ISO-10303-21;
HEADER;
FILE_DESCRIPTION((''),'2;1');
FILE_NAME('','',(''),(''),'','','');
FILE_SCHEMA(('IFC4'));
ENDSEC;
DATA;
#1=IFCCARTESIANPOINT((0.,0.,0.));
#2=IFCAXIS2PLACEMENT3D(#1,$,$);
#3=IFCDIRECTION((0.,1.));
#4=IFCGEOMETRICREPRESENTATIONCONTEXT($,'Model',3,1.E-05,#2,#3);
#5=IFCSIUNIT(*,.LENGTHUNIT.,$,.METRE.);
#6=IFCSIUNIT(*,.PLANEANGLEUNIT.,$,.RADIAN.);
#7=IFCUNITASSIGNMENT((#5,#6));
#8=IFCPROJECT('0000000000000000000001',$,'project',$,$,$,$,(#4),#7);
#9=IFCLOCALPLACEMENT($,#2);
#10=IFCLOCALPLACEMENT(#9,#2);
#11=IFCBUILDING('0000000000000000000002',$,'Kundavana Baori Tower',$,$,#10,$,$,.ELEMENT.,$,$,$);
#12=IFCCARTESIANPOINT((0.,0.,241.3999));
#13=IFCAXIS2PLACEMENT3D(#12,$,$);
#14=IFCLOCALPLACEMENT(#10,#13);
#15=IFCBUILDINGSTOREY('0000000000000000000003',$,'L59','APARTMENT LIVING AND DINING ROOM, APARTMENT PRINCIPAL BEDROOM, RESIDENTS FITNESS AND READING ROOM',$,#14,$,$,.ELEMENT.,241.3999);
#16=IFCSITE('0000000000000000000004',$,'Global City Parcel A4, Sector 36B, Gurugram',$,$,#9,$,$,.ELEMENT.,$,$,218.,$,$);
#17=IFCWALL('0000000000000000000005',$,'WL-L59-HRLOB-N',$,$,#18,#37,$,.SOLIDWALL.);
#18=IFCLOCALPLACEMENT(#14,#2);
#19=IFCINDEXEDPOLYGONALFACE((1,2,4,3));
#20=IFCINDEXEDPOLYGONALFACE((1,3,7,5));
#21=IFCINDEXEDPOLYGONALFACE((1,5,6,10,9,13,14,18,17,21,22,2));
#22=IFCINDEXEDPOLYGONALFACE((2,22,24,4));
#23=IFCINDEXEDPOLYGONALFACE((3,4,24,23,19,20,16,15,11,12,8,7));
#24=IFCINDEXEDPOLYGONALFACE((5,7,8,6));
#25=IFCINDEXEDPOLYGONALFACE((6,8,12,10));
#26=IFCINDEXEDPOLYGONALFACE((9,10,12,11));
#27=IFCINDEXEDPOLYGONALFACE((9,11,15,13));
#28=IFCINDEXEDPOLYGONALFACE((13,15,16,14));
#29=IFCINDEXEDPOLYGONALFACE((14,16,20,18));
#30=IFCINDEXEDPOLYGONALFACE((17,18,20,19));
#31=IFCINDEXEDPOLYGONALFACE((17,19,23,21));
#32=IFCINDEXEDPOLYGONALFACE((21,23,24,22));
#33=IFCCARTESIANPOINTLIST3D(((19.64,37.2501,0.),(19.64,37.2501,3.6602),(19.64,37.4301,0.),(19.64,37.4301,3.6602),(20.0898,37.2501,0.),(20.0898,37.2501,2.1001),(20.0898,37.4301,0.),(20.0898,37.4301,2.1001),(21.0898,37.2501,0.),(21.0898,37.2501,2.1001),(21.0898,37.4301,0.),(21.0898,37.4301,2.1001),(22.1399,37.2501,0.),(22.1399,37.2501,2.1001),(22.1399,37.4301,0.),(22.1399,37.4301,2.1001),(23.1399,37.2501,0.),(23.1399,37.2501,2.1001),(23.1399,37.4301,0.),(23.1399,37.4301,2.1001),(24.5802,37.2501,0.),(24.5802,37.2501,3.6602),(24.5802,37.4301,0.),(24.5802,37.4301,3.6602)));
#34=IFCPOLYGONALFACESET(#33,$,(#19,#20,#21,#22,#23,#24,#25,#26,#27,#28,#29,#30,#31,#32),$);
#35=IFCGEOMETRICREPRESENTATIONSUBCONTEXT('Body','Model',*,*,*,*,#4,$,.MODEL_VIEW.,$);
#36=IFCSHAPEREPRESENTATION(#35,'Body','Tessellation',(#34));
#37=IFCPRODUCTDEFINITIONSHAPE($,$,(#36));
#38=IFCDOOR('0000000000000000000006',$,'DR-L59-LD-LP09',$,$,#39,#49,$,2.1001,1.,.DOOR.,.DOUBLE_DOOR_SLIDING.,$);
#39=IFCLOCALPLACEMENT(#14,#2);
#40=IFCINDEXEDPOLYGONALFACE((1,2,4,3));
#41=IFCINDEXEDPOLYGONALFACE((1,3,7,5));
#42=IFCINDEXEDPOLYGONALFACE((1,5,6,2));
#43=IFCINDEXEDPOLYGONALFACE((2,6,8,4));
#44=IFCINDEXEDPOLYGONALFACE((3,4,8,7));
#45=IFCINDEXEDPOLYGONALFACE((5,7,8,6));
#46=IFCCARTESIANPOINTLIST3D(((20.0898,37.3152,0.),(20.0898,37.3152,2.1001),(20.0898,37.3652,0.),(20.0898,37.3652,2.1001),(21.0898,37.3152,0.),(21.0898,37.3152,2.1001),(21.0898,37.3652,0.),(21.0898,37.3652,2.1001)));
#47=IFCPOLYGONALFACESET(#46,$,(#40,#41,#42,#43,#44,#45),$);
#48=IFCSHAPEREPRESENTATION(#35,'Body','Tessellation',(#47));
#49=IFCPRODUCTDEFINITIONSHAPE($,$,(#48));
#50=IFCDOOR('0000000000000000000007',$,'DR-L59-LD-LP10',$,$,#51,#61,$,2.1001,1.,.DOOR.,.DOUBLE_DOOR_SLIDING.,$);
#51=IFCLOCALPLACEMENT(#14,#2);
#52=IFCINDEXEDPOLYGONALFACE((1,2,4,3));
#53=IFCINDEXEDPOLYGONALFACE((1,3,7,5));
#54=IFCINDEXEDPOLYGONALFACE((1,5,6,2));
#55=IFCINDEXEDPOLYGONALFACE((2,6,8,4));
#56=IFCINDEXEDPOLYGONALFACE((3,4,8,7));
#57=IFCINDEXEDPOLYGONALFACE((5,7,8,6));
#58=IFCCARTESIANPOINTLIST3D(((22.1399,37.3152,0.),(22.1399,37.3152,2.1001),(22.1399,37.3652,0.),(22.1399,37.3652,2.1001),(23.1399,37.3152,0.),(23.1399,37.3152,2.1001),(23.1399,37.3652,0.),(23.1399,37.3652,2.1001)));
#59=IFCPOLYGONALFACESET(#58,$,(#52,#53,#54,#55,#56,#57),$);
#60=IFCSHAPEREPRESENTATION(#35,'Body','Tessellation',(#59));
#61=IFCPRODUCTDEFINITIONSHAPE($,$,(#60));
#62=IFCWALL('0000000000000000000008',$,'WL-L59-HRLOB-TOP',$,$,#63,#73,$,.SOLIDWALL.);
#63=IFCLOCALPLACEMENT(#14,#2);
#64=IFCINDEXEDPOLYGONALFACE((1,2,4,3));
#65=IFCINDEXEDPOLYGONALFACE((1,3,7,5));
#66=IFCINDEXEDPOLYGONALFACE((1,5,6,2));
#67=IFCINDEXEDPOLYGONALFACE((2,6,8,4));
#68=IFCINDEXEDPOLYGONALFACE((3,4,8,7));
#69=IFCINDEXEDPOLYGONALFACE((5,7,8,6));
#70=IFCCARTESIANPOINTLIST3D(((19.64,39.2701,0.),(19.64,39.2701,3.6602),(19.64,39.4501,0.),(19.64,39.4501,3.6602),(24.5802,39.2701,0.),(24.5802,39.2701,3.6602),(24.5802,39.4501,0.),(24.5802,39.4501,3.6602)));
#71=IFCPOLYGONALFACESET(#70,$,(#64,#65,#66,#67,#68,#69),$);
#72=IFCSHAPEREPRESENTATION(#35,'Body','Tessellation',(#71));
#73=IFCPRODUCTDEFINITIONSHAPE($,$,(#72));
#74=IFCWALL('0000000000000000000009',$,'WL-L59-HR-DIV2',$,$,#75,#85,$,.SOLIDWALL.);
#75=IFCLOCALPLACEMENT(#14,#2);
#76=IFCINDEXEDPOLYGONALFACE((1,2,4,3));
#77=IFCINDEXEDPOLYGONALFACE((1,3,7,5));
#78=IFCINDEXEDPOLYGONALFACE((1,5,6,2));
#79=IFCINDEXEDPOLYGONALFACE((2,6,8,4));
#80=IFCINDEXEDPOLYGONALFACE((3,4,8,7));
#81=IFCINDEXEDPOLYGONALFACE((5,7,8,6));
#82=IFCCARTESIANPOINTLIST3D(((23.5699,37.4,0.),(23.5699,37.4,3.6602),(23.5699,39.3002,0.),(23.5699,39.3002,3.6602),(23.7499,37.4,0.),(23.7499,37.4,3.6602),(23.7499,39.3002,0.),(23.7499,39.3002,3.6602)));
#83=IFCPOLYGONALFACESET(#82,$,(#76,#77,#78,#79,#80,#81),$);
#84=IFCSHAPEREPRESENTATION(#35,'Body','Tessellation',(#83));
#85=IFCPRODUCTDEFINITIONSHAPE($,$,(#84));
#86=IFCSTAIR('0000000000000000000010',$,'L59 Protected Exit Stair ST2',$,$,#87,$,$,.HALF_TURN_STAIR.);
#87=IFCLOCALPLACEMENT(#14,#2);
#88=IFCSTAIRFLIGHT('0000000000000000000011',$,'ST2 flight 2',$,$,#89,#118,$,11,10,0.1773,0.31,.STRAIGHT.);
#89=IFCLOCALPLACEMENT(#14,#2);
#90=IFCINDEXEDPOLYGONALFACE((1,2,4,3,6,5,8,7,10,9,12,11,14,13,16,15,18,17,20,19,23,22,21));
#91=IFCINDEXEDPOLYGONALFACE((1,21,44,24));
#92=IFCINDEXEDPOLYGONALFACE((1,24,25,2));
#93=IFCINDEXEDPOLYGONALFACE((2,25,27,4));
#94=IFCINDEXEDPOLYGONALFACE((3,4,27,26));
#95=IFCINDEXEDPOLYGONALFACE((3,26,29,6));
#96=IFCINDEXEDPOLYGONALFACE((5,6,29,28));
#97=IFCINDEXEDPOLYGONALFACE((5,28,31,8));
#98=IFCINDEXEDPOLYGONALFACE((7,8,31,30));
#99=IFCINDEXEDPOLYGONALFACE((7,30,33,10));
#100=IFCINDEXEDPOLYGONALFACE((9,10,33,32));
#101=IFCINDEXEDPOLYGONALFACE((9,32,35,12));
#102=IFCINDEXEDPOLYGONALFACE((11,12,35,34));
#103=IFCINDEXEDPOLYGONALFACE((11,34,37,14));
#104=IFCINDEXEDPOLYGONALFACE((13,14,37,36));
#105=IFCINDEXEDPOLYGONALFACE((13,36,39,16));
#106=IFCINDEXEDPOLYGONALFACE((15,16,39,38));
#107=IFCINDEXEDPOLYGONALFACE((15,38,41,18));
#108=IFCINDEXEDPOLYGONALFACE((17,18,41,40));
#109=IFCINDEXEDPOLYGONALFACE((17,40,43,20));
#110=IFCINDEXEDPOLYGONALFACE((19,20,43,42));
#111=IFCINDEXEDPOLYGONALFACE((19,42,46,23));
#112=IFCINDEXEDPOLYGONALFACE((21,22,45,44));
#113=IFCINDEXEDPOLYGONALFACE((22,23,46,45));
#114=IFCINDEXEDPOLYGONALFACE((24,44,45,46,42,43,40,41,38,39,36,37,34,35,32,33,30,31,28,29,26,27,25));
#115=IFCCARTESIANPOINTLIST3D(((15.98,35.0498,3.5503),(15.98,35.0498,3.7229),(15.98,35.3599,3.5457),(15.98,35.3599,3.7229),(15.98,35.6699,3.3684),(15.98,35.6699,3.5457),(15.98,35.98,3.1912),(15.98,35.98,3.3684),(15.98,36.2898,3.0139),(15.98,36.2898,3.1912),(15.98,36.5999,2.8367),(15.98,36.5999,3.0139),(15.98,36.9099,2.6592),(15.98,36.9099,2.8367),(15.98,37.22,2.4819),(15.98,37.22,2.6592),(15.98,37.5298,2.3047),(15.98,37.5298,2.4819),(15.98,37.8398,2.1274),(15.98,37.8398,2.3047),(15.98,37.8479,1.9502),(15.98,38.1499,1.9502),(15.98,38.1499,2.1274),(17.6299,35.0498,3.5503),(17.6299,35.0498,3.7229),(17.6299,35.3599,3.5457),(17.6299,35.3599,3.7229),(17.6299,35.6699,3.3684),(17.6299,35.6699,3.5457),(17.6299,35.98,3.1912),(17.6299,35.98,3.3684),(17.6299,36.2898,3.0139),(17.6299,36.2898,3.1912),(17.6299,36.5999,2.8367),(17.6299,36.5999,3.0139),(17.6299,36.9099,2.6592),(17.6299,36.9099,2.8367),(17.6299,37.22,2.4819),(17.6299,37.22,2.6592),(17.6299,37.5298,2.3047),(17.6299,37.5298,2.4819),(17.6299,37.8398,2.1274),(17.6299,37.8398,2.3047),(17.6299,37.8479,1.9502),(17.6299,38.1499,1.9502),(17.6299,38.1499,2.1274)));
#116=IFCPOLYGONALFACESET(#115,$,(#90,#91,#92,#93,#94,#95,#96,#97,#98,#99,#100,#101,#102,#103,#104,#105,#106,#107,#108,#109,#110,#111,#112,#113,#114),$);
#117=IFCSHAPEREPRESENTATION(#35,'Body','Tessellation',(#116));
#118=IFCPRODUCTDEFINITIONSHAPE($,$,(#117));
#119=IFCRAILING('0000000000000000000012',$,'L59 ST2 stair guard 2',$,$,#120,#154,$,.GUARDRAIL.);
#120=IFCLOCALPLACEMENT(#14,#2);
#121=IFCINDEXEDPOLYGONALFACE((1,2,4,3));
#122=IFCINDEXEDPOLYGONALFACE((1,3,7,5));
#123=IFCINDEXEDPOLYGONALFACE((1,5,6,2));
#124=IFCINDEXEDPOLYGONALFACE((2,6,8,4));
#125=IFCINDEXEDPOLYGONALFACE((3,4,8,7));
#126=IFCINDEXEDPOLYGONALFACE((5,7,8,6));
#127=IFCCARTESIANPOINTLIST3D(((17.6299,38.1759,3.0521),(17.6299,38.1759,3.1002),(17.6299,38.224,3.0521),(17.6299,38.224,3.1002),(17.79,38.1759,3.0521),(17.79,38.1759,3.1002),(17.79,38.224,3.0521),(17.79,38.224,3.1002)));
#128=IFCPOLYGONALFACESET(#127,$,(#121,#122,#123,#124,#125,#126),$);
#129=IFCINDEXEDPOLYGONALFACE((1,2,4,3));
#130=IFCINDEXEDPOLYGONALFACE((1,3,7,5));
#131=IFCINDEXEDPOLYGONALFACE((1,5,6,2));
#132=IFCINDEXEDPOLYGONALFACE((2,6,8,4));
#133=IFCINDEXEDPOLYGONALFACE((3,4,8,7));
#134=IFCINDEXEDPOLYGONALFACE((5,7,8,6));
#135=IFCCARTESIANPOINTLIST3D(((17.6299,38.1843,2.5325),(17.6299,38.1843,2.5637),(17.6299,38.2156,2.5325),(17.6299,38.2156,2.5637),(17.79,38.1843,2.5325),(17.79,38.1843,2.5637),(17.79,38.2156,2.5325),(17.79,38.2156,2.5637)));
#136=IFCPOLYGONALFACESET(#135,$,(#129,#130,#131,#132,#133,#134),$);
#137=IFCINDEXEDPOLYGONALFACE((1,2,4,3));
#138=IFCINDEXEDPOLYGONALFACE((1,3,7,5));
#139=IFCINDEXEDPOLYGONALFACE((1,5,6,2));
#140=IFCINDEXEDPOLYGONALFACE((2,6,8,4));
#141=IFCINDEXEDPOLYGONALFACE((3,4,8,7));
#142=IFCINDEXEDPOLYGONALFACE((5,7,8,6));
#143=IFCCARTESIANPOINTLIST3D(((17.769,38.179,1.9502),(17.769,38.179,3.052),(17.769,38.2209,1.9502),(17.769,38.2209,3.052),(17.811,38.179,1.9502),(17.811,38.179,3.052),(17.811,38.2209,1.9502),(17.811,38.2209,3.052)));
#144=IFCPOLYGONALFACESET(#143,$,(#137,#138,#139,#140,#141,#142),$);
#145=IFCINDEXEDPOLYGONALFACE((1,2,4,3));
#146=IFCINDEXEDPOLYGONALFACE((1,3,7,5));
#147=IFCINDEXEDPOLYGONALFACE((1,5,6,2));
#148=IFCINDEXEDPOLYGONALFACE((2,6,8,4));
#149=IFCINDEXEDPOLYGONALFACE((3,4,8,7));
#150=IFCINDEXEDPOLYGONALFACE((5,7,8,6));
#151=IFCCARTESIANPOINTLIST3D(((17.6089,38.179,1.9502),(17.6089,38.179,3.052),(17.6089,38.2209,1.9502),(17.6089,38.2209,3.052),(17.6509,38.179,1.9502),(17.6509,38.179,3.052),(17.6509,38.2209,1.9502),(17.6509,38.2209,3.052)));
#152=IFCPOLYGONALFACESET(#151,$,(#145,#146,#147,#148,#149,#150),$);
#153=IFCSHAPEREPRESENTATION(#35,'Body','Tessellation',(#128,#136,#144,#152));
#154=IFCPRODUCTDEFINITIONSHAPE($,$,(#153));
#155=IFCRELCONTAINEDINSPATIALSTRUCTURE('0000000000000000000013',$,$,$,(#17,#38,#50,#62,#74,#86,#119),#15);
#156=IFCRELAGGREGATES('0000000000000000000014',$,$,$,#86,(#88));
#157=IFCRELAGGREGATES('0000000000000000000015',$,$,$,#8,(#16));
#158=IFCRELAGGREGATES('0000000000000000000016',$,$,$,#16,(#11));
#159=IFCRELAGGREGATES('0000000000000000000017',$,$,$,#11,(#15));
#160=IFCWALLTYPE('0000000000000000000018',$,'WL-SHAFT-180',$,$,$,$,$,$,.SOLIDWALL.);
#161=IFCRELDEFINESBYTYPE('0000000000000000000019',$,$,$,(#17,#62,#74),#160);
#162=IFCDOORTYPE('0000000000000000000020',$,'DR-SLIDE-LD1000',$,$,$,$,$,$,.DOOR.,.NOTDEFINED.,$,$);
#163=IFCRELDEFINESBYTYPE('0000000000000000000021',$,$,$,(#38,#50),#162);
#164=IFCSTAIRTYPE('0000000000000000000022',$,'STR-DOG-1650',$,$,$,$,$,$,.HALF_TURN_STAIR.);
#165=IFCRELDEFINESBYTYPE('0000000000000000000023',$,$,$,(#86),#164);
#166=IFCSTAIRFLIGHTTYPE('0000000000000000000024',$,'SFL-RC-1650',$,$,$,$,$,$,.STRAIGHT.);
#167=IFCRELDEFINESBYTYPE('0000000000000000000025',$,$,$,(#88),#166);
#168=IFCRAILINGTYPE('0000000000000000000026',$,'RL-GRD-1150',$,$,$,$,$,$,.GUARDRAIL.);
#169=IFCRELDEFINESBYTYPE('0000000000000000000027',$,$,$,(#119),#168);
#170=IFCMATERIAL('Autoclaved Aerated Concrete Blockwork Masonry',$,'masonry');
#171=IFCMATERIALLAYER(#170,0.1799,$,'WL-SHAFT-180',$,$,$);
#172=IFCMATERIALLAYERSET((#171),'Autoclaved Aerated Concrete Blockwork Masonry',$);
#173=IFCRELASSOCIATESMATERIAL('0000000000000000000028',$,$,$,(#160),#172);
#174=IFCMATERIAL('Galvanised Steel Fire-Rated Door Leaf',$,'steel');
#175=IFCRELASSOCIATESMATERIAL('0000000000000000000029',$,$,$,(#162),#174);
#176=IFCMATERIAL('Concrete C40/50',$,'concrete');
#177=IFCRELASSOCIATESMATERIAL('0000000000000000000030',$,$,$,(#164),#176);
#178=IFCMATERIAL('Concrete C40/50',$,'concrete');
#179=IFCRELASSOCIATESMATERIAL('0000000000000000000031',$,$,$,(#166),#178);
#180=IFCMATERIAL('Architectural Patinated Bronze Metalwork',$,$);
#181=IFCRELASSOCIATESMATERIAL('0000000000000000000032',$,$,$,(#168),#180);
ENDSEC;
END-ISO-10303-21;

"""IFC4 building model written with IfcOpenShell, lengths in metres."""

from ifc_helpers import new_model, si_unit, direction, frame, frame_2d, origin, origin_2d, place, context, subcontext, project, spatial, polyline, rectangle, outline, extrude, material, layer, layer_set, type_object, element, fill, aggregate, save


model = new_model("IFC4")

# Units and contexts
model_context = context("Model", 3, precision=1e-05, world=origin(), true_north=direction((0.0, 1.0)))
body_context = subcontext(model_context, "Body", "Model", "MODEL_VIEW")
ifc_project = project(units=[si_unit("LENGTHUNIT", "METRE"), si_unit("PLANEANGLEUNIT", "RADIAN")], contexts=[model_context])

# Site, building, storey
site_placement = place(None, origin())
site = spatial("IfcSite", under=ifc_project, at=site_placement, Name="Global City Parcel A4, Sector 36B, Gurugram", CompositionType="ELEMENT", RefElevation=218.0)
building_placement = place(site_placement, origin())
building = spatial("IfcBuilding", under=site, at=building_placement, Name="Kundavana Baori Tower", CompositionType="ELEMENT")
storey_placement = place(building_placement, frame((0.0, 0.0, 241.3999)))
storey = spatial("IfcBuildingStorey", under=building, at=storey_placement, Name="L59", Description="APARTMENT LIVING AND DINING ROOM, APARTMENT PRINCIPAL BEDROOM, RESIDENTS FITNESS AND READING ROOM", CompositionType="ELEMENT", Elevation=241.3999)

# Wall, openings, doors
ifc_material_1 = material(Name="Autoclaved Aerated Concrete Blockwork Masonry", Category="masonry")
ifc_layer_1 = layer(ifc_material_1, 0.1799, Name="WL-SHAFT-180")
ifc_layer_set_1 = layer_set([ifc_layer_1], Name="Autoclaved Aerated Concrete Blockwork Masonry")
wall_type_1 = type_object("IfcWallType", Name="WL-SHAFT-180", PredefinedType="SOLIDWALL", material=ifc_layer_set_1)
wall_1_placement = place(storey_placement, frame((19.6399, 37.3401, 0.0), z_axis=(0.0, 0.0, 1.0), x_axis=(1.0, 0.0, 0.0)))
wall_1 = element("IfcWall", 1, at=wall_1_placement, inside=storey, type_object=wall_type_1, Name="WL-L59-HRLOB-N", PredefinedType="SOLIDWALL", context=body_context, shape_type="SweptSolid", body=[
    extrude(rectangle(XDim=4.9402, YDim=0.1799, at=frame_2d((2.4702, 0.0))), origin(), (0.0, 0.0, 1.0), 3.6602),
])
opening_1_placement = place(wall_1_placement, frame((0.45, 0.0, 0.0)))
opening_1 = element("IfcOpeningElement", 2, at=opening_1_placement, cuts=wall_1, PredefinedType="OPENING", context=body_context, shape_type="SweptSolid", body=[
    extrude(rectangle(XDim=1.0, YDim=2.1001, at=frame_2d((0.5, 1.05))), frame((0.0, 0.1001, 0.0), z_axis=(0.0, -1.0, 0.0), x_axis=(1.0, 0.0, 0.0)), (0.0, 0.0, 1.0), 0.2),
])
opening_2_placement = place(wall_1_placement, frame((2.5, 0.0, 0.0)))
opening_2 = element("IfcOpeningElement", 3, at=opening_2_placement, cuts=wall_1, PredefinedType="OPENING", context=body_context, shape_type="SweptSolid", body=[
    extrude(rectangle(XDim=1.0, YDim=2.1001, at=frame_2d((0.5, 1.05))), frame((0.0, 0.1001, 0.0), z_axis=(0.0, -1.0, 0.0), x_axis=(1.0, 0.0, 0.0)), (0.0, 0.0, 1.0), 0.2),
])
ifc_material_2 = material(Name="Galvanised Steel Fire-Rated Door Leaf", Category="steel")
door_type_1 = type_object("IfcDoorType", Name="DR-SLIDE-LD1000", OperationType="NOTDEFINED", PredefinedType="DOOR", material=ifc_material_2)
door_1_placement = place(opening_1_placement, frame((1.0, 0.0, 0.0), z_axis=(0.0, 0.0, 1.0), x_axis=(-1.0, 0.0, 0.0)))
door_1 = element("IfcDoor", 4, at=door_1_placement, inside=storey, type_object=door_type_1, Name="DR-L59-LD-LP09", OperationType="DOUBLE_DOOR_SLIDING", OverallHeight=2.1001, OverallWidth=1.0, PredefinedType="DOOR", context=body_context, shape_type="SweptSolid", body=[
    extrude(rectangle(XDim=1.0, YDim=2.1001, at=frame_2d((0.5, 1.05))), frame((0.0, 0.0249, 0.0), z_axis=(0.0, -1.0, 0.0), x_axis=(1.0, 0.0, 0.0)), (0.0, 0.0, 1.0), 0.05),
])
fill(opening_1, door_1)
door_2_placement = place(opening_2_placement, frame((1.0, 0.0, 0.0), z_axis=(0.0, 0.0, 1.0), x_axis=(-1.0, 0.0, 0.0)))
door_2 = element("IfcDoor", 5, at=door_2_placement, inside=storey, type_object=door_type_1, Name="DR-L59-LD-LP10", OperationType="DOUBLE_DOOR_SLIDING", OverallHeight=2.1001, OverallWidth=1.0, PredefinedType="DOOR", context=body_context, shape_type="SweptSolid", body=[
    extrude(rectangle(XDim=1.0, YDim=2.1001, at=frame_2d((0.5, 1.05))), frame((0.0, 0.0249, 0.0), z_axis=(0.0, -1.0, 0.0), x_axis=(1.0, 0.0, 0.0)), (0.0, 0.0, 1.0), 0.05),
])
fill(opening_2, door_2)

# Walls
wall_2_placement = place(storey_placement, frame((19.6399, 39.3601, 0.0), z_axis=(0.0, 0.0, 1.0), x_axis=(1.0, 0.0, 0.0)))
element("IfcWall", 6, at=wall_2_placement, inside=storey, type_object=wall_type_1, Name="WL-L59-HRLOB-TOP", PredefinedType="SOLIDWALL", context=body_context, shape_type="SweptSolid", body=[
    extrude(rectangle(XDim=4.9402, YDim=0.1799, at=frame_2d((2.4702, 0.0))), origin(), (0.0, 0.0, 1.0), 3.6602),
])
wall_3_placement = place(storey_placement, frame((23.6599, 37.3999, 0.0), z_axis=(0.0, 0.0, 1.0), x_axis=(0.0, 1.0, 0.0)))
element("IfcWall", 7, at=wall_3_placement, inside=storey, type_object=wall_type_1, Name="WL-L59-HR-DIV2", PredefinedType="SOLIDWALL", context=body_context, shape_type="SweptSolid", body=[
    extrude(rectangle(XDim=1.9001, YDim=0.1799, at=frame_2d((0.9502, 0.0))), origin(), (0.0, 0.0, 1.0), 3.6602),
])

# Stair, stair flight
ifc_material_3 = material(Name="Concrete C40/50", Category="concrete")
stair_type = type_object("IfcStairType", Name="STR-DOG-1650", PredefinedType="HALF_TURN_STAIR", material=ifc_material_3)
stair_placement = place(storey_placement, origin())
stair = element("IfcStair", 8, at=stair_placement, inside=storey, type_object=stair_type, Name="L59 Protected Exit Stair ST2", PredefinedType="HALF_TURN_STAIR")
ifc_material_4 = material(Name="Concrete C40/50", Category="concrete")
stair_flight_type = type_object("IfcStairFlightType", Name="SFL-RC-1650", PredefinedType="STRAIGHT", material=ifc_material_4)
stair_flight_placement = place(storey_placement, frame((16.8049, 38.1499, 1.9502), z_axis=(0.0, 0.0, 1.0), x_axis=(0.0, -1.0, 0.0)))
stair_flight = element("IfcStairFlight", 9, at=stair_flight_placement, type_object=stair_flight_type, Name="ST2 flight 2", NumberOfRisers=11, NumberOfTreads=10, PredefinedType="STRAIGHT", RiserHeight=0.1773, TreadLength=0.31, context=body_context, shape_type="SweptSolid", body=[
    extrude(outline(polyline([(0.0, 0.0), (0.0, 0.1772), (0.3101, 0.1772), (0.3101, 0.3545), (0.6201, 0.3545), (0.6201, 0.5317), (0.9299, 0.5317), (0.9299, 0.709), (1.24, 0.709), (1.24, 0.8865), (1.55, 0.8865), (1.55, 1.0637), (1.8601, 1.0637), (1.8601, 1.241), (2.1699, 1.241), (2.1699, 1.4182), (2.48, 1.4182), (2.48, 1.5955), (2.79, 1.5955), (2.79, 1.7727), (3.1001, 1.7727), (3.1001, 1.95), (3.1001, 1.6001), (0.302, 0.0), (0.0, 0.0)])), frame((0.0, 0.825, 0.0), z_axis=(0.0, -1.0, 0.0), x_axis=(1.0, 0.0, 0.0)), (0.0, 0.0, 1.0), 1.6499),
])
aggregate(stair, [stair_flight])

# Railing
ifc_material_5 = material(Name="Architectural Patinated Bronze Metalwork")
railing_type_1 = type_object("IfcRailingType", Name="RL-GRD-1150", PredefinedType="GUARDRAIL", material=ifc_material_5)
railing_1_placement = place(storey_placement, frame((17.79, 38.2, 1.9502)))
element("IfcRailing", 10, at=railing_1_placement, inside=storey, type_object=railing_type_1, Name="L59 ST2 stair guard 2", PredefinedType="GUARDRAIL", context=body_context, shape_type="SweptSolid", body=[
    extrude(rectangle(XDim=0.0481, YDim=0.0481, at=origin_2d()), frame((0.0, 0.0, 1.126), z_axis=(-1.0, 0.0, 0.0), x_axis=(0.0, -1.0, 0.0)), (0.0, 0.0, 1.0), 0.1602),
    extrude(rectangle(XDim=0.0312, YDim=0.0312, at=origin_2d()), frame((0.0, 0.0, 0.5979), z_axis=(-1.0, 0.0, 0.0), x_axis=(0.0, -1.0, 0.0)), (0.0, 0.0, 1.0), 0.1602),
    extrude(rectangle(XDim=0.042, YDim=0.042, at=origin_2d()), origin(), (0.0, 0.0, 1.0), 1.1018),
    extrude(rectangle(XDim=0.042, YDim=0.042, at=origin_2d()), frame((-0.1602, 0.0, 0.0)), (0.0, 0.0, 1.0), 1.1018),
])

save(model, "model.ifc")
